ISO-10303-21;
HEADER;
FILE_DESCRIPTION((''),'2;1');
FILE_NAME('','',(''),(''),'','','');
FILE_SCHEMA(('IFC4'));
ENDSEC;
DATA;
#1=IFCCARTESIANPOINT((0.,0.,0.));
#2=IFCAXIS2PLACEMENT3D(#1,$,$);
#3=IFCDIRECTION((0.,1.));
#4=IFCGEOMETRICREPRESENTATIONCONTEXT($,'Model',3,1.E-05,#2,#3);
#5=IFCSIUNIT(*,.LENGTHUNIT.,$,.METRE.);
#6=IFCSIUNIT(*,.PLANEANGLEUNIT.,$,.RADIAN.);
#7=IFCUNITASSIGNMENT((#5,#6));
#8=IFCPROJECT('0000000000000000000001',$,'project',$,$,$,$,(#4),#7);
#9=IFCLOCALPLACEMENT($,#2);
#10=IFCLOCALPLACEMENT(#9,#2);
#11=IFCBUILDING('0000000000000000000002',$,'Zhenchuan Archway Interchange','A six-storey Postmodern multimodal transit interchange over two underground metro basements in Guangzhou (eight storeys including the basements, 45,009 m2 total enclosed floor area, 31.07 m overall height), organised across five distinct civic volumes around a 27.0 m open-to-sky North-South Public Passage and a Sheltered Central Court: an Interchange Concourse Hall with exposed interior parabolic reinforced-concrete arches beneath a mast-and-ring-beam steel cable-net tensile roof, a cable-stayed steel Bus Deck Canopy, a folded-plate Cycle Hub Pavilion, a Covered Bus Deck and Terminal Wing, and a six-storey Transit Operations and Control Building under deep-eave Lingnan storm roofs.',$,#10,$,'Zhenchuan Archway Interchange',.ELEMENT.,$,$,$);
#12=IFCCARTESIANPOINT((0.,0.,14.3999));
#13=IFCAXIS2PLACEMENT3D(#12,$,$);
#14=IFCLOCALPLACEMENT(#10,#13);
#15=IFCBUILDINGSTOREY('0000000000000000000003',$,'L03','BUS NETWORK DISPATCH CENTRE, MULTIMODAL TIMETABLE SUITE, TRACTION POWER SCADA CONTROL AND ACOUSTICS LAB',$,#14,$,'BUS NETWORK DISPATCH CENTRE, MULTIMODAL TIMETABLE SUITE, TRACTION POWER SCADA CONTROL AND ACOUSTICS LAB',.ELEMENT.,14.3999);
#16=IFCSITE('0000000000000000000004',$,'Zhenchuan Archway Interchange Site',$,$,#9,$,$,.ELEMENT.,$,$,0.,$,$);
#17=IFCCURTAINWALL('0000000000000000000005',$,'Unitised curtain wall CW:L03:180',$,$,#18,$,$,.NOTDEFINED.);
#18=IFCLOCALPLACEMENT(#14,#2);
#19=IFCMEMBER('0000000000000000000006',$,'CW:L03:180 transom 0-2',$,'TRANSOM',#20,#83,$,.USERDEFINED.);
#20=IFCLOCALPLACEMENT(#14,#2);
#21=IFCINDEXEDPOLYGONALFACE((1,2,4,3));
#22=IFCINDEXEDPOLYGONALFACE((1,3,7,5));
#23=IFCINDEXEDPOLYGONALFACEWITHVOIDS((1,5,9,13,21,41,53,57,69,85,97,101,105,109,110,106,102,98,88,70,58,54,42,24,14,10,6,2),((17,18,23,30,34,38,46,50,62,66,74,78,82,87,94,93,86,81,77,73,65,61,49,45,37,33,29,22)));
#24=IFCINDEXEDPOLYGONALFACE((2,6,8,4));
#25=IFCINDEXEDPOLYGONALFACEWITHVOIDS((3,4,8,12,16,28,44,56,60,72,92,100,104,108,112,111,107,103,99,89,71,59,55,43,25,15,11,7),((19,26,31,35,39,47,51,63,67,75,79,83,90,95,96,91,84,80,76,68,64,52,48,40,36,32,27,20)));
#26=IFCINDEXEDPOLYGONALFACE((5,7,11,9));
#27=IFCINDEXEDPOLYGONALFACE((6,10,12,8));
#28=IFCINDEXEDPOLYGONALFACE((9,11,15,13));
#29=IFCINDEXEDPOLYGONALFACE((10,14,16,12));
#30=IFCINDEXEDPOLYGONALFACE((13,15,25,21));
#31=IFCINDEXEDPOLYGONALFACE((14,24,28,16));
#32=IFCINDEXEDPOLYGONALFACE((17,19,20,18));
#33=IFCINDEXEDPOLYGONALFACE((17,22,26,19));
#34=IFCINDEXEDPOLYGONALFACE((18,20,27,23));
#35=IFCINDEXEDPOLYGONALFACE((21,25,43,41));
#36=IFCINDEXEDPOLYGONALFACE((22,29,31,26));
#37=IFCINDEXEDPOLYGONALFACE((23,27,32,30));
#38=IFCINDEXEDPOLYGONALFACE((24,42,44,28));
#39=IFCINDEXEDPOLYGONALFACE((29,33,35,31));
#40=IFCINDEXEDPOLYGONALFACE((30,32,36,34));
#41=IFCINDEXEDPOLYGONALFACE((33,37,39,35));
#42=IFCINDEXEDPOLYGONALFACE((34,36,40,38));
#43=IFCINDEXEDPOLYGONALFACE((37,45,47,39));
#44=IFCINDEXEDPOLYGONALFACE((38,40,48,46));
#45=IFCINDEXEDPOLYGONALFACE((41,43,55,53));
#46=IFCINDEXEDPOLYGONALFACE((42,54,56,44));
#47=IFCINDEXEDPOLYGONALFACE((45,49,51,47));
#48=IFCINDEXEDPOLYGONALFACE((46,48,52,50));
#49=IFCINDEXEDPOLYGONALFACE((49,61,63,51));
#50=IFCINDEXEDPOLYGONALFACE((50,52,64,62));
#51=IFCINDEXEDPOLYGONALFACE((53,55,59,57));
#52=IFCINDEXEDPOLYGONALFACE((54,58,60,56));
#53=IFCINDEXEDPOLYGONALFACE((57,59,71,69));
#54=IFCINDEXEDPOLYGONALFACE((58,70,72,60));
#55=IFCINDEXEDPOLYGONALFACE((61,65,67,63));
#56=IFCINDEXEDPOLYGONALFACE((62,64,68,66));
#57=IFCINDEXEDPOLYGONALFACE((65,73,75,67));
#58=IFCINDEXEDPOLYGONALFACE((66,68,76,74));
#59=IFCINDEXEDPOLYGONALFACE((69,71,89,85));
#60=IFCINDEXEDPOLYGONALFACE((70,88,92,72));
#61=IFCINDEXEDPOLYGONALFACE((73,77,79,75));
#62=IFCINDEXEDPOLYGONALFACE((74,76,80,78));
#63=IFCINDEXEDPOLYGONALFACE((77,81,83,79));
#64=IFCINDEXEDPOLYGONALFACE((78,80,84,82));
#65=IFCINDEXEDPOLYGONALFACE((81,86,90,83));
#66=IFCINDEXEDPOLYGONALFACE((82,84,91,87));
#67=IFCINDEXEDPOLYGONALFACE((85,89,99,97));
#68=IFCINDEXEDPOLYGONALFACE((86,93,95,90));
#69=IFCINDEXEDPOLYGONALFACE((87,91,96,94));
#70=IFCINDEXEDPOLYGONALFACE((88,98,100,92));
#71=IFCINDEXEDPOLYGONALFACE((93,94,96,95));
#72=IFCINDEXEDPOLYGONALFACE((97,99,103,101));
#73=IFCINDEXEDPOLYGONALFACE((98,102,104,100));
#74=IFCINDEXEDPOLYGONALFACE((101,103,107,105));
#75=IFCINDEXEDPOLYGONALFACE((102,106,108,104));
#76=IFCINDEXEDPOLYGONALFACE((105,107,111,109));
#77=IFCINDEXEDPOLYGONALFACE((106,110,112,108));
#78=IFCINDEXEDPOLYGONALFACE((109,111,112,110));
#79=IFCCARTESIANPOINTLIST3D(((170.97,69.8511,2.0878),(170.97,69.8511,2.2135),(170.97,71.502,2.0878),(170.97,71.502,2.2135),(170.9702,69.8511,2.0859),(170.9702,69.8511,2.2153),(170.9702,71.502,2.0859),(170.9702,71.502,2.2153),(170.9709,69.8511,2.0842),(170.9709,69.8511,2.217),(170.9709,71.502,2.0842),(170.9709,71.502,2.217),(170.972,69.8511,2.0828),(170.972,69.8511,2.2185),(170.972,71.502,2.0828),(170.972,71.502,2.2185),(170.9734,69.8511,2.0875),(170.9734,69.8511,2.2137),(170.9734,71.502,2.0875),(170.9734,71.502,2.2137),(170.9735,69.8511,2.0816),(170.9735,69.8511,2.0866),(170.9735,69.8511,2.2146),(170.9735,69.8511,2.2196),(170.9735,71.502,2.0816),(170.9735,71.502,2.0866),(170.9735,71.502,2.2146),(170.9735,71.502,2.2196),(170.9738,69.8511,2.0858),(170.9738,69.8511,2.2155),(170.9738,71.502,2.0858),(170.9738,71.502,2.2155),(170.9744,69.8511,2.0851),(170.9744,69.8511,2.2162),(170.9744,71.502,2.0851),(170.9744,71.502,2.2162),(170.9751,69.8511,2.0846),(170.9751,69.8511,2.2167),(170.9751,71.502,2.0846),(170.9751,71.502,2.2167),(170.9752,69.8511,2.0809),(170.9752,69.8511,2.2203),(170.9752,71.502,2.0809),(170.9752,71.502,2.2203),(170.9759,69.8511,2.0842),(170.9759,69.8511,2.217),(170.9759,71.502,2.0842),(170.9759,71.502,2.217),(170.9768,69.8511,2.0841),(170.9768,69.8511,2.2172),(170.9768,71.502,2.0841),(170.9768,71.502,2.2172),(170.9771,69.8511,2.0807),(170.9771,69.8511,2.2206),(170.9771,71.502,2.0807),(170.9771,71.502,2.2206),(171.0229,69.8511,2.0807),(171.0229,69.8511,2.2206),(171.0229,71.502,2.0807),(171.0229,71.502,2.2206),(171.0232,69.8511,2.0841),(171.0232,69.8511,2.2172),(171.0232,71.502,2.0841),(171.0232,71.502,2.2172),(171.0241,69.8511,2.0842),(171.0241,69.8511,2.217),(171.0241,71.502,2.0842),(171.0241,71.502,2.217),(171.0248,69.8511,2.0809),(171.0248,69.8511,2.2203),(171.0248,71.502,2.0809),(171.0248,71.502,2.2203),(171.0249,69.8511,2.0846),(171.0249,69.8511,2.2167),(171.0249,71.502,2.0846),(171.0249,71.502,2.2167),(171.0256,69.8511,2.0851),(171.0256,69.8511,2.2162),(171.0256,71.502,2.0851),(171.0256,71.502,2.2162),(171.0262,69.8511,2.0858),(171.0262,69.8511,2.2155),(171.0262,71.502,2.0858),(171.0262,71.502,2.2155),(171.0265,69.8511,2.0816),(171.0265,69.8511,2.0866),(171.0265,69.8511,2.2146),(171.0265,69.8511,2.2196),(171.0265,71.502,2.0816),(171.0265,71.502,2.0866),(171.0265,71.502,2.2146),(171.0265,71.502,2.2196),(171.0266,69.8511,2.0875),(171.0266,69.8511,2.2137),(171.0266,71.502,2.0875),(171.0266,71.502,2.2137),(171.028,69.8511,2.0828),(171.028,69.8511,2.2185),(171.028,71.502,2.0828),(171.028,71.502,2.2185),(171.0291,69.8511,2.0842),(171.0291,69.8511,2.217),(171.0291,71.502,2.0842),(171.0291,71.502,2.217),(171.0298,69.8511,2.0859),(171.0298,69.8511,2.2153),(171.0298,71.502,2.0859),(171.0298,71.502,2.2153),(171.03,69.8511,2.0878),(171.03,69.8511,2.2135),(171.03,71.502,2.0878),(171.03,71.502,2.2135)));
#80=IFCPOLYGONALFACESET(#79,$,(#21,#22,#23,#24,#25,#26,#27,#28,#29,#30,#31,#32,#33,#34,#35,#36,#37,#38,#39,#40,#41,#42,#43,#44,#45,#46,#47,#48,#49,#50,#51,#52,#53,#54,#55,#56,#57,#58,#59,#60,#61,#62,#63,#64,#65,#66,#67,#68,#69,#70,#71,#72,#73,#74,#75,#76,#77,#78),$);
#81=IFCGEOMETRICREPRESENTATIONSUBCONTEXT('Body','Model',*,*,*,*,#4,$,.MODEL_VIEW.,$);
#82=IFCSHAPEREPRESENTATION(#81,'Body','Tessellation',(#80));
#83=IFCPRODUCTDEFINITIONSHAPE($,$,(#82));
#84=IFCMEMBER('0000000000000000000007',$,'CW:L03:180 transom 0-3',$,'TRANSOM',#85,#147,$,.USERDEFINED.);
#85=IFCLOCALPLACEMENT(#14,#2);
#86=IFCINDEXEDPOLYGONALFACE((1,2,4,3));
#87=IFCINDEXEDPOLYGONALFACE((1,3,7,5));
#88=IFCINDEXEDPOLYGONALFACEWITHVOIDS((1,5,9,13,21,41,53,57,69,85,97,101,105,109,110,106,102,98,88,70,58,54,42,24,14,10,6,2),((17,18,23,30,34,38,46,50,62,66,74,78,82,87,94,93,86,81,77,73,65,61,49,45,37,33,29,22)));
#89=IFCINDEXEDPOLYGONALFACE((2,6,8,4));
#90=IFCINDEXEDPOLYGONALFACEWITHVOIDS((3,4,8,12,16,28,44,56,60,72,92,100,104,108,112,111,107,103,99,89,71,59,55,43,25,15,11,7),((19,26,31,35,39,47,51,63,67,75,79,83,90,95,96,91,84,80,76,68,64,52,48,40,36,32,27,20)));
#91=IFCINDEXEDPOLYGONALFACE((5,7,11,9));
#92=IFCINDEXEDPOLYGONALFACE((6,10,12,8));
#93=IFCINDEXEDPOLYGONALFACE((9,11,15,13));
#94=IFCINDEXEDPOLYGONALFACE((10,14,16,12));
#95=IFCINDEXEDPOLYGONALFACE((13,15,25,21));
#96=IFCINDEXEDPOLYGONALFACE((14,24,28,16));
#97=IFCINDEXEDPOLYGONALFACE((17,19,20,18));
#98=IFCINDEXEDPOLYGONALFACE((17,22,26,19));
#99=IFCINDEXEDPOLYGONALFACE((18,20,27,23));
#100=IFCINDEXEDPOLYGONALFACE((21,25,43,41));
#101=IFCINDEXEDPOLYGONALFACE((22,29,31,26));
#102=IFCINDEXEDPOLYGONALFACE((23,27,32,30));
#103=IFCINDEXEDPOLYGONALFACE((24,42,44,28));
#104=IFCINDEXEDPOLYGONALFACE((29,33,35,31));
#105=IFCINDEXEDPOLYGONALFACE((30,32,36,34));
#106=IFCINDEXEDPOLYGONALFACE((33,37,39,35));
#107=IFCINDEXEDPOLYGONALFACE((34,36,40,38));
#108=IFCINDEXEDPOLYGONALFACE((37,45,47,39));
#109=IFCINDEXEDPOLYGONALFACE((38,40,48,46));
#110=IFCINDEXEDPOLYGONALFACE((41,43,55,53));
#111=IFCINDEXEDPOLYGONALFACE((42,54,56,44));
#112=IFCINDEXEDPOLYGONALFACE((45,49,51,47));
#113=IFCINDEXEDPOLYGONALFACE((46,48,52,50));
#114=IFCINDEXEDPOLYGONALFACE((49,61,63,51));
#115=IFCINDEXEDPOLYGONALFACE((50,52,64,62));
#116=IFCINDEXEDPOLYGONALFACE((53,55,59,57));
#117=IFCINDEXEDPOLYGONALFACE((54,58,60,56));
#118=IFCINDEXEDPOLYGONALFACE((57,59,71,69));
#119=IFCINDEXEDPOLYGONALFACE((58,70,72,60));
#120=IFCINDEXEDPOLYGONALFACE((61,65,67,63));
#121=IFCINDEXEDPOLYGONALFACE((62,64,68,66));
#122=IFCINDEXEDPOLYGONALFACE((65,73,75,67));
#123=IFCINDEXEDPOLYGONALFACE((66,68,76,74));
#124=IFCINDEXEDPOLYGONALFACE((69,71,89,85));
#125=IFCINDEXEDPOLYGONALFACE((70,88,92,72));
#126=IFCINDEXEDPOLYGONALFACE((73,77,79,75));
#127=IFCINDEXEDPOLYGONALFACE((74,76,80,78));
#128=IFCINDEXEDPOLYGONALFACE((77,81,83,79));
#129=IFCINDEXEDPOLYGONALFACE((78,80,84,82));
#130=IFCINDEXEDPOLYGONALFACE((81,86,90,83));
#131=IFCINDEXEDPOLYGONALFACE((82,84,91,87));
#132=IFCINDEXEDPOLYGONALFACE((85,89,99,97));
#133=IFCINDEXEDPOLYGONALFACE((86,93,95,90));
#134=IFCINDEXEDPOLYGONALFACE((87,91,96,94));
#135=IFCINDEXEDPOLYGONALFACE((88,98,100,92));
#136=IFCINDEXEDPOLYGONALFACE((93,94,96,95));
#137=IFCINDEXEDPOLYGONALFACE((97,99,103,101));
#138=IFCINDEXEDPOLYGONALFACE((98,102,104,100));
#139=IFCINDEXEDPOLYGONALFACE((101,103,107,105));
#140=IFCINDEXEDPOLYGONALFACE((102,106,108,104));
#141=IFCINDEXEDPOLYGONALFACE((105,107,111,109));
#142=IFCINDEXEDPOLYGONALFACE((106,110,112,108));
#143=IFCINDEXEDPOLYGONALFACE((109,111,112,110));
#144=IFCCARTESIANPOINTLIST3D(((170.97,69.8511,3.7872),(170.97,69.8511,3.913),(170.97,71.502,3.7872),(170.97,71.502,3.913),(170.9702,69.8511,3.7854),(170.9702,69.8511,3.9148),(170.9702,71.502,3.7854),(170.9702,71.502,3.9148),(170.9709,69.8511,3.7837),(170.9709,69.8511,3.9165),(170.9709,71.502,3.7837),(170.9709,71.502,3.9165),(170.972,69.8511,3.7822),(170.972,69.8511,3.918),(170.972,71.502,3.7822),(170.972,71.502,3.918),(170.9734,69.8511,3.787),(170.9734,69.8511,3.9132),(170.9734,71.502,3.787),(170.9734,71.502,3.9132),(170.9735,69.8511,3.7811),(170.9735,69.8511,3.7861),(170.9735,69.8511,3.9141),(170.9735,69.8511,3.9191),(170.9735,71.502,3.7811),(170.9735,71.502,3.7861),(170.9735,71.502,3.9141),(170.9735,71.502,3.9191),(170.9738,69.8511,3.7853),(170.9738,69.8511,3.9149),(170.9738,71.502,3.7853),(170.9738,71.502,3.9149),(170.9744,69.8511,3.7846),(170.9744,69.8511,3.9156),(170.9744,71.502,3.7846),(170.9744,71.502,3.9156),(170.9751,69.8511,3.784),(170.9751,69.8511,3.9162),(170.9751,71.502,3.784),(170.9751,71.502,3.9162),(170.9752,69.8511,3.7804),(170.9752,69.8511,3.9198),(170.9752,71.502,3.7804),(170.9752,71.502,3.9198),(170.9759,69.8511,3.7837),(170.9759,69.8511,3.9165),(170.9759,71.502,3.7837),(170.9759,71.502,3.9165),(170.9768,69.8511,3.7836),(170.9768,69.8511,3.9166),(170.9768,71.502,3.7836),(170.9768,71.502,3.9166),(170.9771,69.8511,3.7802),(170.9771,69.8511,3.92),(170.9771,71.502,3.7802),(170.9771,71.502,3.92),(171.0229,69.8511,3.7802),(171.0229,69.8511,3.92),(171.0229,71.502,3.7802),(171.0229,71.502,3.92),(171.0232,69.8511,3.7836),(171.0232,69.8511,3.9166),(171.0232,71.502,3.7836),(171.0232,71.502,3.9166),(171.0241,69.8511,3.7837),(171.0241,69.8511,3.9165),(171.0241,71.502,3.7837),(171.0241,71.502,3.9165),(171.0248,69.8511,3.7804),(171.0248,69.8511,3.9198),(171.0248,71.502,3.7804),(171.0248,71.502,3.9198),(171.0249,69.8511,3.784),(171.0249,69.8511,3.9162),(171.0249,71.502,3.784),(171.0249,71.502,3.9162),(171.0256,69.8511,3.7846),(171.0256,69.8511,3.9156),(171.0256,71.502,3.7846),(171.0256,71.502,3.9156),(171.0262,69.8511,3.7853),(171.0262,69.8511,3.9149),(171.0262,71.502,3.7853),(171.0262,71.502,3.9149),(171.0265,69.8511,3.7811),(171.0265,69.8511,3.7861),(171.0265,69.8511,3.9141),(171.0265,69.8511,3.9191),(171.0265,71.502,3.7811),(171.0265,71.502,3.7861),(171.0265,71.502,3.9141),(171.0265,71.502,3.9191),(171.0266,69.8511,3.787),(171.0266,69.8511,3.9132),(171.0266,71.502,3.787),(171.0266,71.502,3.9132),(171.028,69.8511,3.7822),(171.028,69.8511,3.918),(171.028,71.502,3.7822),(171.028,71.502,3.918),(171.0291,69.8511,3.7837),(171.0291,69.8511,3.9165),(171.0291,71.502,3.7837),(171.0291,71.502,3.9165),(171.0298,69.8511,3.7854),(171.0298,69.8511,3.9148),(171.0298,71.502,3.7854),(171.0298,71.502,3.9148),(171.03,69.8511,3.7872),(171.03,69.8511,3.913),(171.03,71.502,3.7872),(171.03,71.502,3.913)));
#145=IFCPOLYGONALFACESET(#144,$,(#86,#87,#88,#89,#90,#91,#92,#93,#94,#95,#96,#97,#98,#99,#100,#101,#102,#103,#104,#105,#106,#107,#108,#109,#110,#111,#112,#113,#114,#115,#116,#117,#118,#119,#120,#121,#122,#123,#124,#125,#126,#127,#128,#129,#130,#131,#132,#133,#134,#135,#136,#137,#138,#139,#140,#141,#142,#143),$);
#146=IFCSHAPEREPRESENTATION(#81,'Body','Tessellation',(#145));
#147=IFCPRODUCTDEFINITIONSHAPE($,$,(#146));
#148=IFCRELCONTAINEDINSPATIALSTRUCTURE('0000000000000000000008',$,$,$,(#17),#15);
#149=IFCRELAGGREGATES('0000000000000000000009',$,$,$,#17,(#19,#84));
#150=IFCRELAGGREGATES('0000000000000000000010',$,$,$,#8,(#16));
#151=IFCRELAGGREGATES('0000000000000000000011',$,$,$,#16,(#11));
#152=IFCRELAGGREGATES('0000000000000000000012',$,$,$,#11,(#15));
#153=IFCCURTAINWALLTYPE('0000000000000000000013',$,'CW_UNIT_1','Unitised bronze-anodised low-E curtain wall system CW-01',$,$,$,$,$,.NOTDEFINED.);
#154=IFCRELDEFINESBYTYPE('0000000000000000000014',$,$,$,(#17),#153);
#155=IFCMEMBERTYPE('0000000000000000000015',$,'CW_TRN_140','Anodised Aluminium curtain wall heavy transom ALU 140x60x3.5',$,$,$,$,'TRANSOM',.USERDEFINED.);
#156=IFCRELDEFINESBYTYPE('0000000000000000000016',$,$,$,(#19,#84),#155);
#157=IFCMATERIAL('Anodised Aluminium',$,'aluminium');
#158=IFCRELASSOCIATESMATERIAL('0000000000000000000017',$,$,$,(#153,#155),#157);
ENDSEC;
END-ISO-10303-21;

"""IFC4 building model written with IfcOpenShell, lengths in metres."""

from ifc_helpers import new_model, si_unit, direction, frame, origin, origin_2d, place, context, subcontext, project, spatial, hollow_rectangle, extrude, material, material_profile, profile_set, type_object, element, aggregate, save


model = new_model("IFC4")

# Units and contexts
model_context = context("Model", 3, precision=1e-05, world=origin(), true_north=direction((0.0, 1.0)))
body_context = subcontext(model_context, "Body", "Model", "MODEL_VIEW")
ifc_project = project(units=[si_unit("LENGTHUNIT", "METRE"), si_unit("PLANEANGLEUNIT", "RADIAN")], contexts=[model_context])

# Site, building, storey
site_placement = place(None, origin())
site = spatial("IfcSite", under=ifc_project, at=site_placement, Name="Zhenchuan Archway Interchange Site", CompositionType="ELEMENT", RefElevation=0.0)
building_placement = place(site_placement, origin())
building = spatial("IfcBuilding", under=site, at=building_placement, Name="Zhenchuan Archway Interchange", Description="A six-storey Postmodern multimodal transit interchange over two underground metro basements in Guangzhou (eight storeys including the basements, 45,009 m2 total enclosed floor area, 31.07 m overall height), organised across five distinct civic volumes around a 27.0 m open-to-sky North-South Public Passage and a Sheltered Central Court: an Interchange Concourse Hall with exposed interior parabolic reinforced-concrete arches beneath a mast-and-ring-beam steel cable-net tensile roof, a cable-stayed steel Bus Deck Canopy, a folded-plate Cycle Hub Pavilion, a Covered Bus Deck and Terminal Wing, and a six-storey Transit Operations and Control Building under deep-eave Lingnan storm roofs.", LongName="Zhenchuan Archway Interchange", CompositionType="ELEMENT")
storey_placement = place(building_placement, frame((0.0, 0.0, 14.3999)))
storey = spatial("IfcBuildingStorey", under=building, at=storey_placement, Name="L03", Description="BUS NETWORK DISPATCH CENTRE, MULTIMODAL TIMETABLE SUITE, TRACTION POWER SCADA CONTROL AND ACOUSTICS LAB", LongName="BUS NETWORK DISPATCH CENTRE, MULTIMODAL TIMETABLE SUITE, TRACTION POWER SCADA CONTROL AND ACOUSTICS LAB", CompositionType="ELEMENT", Elevation=14.3999)

# Curtain wall
ifc_material_1 = material(Name="Anodised Aluminium", Category="aluminium")
curtain_wall_type_1 = type_object("IfcCurtainWallType", Name="CW_UNIT_1", Description="Unitised bronze-anodised low-E curtain wall system CW-01", PredefinedType="NOTDEFINED", material=ifc_material_1)
curtain_wall_1_placement = place(storey_placement, origin())
curtain_wall_1 = element("IfcCurtainWall", 1, at=curtain_wall_1_placement, inside=storey, type_object=curtain_wall_type_1, Name="Unitised curtain wall CW:L03:180", PredefinedType="NOTDEFINED")

# Members
ifc_material_profile_1 = material_profile(ifc_material_1, hollow_rectangle(XDim=0.0601, YDim=0.1399, WallThickness=0.0034, InnerFilletRadius=0.0034, OuterFilletRadius=0.0071, at=origin_2d()), Name="ALU 140x60x3.5")
ifc_profile_set_1 = profile_set([ifc_material_profile_1], Name="Anodised Aluminium")
member_type_1 = type_object("IfcMemberType", Name="CW_TRN_140", Description="Anodised Aluminium curtain wall heavy transom ALU 140x60x3.5", ElementType="TRANSOM", PredefinedType="USERDEFINED", material=ifc_profile_set_1)
member_1_placement = place(storey_placement, frame((171.0, 71.502, 2.1506), z_axis=(0.0, -1.0, 0.0), x_axis=(1.0, 0.0, 0.0)))
member_1 = element("IfcMember", 2, at=member_1_placement, type_object=member_type_1, Name="CW:L03:180 transom 0-2", ObjectType="TRANSOM", PredefinedType="USERDEFINED", context=body_context, shape_type="SweptSolid", body=[
    extrude(hollow_rectangle(XDim=0.0601, YDim=0.1399, WallThickness=0.0034, InnerFilletRadius=0.0034, OuterFilletRadius=0.0071, at=origin_2d()), origin(), (0.0, 0.0, 1.0), 1.6509),
])
member_2_placement = place(storey_placement, frame((171.0, 71.502, 3.8501), z_axis=(0.0, -1.0, 0.0), x_axis=(1.0, 0.0, 0.0)))
member_2 = element("IfcMember", 3, at=member_2_placement, type_object=member_type_1, Name="CW:L03:180 transom 0-3", ObjectType="TRANSOM", PredefinedType="USERDEFINED", context=body_context, shape_type="SweptSolid", body=[
    extrude(hollow_rectangle(XDim=0.0601, YDim=0.1399, WallThickness=0.0034, InnerFilletRadius=0.0034, OuterFilletRadius=0.0071, at=origin_2d()), origin(), (0.0, 0.0, 1.0), 1.6509),
])

aggregate(curtain_wall_1, [member_1, member_2])

save(model, "model.ifc")
